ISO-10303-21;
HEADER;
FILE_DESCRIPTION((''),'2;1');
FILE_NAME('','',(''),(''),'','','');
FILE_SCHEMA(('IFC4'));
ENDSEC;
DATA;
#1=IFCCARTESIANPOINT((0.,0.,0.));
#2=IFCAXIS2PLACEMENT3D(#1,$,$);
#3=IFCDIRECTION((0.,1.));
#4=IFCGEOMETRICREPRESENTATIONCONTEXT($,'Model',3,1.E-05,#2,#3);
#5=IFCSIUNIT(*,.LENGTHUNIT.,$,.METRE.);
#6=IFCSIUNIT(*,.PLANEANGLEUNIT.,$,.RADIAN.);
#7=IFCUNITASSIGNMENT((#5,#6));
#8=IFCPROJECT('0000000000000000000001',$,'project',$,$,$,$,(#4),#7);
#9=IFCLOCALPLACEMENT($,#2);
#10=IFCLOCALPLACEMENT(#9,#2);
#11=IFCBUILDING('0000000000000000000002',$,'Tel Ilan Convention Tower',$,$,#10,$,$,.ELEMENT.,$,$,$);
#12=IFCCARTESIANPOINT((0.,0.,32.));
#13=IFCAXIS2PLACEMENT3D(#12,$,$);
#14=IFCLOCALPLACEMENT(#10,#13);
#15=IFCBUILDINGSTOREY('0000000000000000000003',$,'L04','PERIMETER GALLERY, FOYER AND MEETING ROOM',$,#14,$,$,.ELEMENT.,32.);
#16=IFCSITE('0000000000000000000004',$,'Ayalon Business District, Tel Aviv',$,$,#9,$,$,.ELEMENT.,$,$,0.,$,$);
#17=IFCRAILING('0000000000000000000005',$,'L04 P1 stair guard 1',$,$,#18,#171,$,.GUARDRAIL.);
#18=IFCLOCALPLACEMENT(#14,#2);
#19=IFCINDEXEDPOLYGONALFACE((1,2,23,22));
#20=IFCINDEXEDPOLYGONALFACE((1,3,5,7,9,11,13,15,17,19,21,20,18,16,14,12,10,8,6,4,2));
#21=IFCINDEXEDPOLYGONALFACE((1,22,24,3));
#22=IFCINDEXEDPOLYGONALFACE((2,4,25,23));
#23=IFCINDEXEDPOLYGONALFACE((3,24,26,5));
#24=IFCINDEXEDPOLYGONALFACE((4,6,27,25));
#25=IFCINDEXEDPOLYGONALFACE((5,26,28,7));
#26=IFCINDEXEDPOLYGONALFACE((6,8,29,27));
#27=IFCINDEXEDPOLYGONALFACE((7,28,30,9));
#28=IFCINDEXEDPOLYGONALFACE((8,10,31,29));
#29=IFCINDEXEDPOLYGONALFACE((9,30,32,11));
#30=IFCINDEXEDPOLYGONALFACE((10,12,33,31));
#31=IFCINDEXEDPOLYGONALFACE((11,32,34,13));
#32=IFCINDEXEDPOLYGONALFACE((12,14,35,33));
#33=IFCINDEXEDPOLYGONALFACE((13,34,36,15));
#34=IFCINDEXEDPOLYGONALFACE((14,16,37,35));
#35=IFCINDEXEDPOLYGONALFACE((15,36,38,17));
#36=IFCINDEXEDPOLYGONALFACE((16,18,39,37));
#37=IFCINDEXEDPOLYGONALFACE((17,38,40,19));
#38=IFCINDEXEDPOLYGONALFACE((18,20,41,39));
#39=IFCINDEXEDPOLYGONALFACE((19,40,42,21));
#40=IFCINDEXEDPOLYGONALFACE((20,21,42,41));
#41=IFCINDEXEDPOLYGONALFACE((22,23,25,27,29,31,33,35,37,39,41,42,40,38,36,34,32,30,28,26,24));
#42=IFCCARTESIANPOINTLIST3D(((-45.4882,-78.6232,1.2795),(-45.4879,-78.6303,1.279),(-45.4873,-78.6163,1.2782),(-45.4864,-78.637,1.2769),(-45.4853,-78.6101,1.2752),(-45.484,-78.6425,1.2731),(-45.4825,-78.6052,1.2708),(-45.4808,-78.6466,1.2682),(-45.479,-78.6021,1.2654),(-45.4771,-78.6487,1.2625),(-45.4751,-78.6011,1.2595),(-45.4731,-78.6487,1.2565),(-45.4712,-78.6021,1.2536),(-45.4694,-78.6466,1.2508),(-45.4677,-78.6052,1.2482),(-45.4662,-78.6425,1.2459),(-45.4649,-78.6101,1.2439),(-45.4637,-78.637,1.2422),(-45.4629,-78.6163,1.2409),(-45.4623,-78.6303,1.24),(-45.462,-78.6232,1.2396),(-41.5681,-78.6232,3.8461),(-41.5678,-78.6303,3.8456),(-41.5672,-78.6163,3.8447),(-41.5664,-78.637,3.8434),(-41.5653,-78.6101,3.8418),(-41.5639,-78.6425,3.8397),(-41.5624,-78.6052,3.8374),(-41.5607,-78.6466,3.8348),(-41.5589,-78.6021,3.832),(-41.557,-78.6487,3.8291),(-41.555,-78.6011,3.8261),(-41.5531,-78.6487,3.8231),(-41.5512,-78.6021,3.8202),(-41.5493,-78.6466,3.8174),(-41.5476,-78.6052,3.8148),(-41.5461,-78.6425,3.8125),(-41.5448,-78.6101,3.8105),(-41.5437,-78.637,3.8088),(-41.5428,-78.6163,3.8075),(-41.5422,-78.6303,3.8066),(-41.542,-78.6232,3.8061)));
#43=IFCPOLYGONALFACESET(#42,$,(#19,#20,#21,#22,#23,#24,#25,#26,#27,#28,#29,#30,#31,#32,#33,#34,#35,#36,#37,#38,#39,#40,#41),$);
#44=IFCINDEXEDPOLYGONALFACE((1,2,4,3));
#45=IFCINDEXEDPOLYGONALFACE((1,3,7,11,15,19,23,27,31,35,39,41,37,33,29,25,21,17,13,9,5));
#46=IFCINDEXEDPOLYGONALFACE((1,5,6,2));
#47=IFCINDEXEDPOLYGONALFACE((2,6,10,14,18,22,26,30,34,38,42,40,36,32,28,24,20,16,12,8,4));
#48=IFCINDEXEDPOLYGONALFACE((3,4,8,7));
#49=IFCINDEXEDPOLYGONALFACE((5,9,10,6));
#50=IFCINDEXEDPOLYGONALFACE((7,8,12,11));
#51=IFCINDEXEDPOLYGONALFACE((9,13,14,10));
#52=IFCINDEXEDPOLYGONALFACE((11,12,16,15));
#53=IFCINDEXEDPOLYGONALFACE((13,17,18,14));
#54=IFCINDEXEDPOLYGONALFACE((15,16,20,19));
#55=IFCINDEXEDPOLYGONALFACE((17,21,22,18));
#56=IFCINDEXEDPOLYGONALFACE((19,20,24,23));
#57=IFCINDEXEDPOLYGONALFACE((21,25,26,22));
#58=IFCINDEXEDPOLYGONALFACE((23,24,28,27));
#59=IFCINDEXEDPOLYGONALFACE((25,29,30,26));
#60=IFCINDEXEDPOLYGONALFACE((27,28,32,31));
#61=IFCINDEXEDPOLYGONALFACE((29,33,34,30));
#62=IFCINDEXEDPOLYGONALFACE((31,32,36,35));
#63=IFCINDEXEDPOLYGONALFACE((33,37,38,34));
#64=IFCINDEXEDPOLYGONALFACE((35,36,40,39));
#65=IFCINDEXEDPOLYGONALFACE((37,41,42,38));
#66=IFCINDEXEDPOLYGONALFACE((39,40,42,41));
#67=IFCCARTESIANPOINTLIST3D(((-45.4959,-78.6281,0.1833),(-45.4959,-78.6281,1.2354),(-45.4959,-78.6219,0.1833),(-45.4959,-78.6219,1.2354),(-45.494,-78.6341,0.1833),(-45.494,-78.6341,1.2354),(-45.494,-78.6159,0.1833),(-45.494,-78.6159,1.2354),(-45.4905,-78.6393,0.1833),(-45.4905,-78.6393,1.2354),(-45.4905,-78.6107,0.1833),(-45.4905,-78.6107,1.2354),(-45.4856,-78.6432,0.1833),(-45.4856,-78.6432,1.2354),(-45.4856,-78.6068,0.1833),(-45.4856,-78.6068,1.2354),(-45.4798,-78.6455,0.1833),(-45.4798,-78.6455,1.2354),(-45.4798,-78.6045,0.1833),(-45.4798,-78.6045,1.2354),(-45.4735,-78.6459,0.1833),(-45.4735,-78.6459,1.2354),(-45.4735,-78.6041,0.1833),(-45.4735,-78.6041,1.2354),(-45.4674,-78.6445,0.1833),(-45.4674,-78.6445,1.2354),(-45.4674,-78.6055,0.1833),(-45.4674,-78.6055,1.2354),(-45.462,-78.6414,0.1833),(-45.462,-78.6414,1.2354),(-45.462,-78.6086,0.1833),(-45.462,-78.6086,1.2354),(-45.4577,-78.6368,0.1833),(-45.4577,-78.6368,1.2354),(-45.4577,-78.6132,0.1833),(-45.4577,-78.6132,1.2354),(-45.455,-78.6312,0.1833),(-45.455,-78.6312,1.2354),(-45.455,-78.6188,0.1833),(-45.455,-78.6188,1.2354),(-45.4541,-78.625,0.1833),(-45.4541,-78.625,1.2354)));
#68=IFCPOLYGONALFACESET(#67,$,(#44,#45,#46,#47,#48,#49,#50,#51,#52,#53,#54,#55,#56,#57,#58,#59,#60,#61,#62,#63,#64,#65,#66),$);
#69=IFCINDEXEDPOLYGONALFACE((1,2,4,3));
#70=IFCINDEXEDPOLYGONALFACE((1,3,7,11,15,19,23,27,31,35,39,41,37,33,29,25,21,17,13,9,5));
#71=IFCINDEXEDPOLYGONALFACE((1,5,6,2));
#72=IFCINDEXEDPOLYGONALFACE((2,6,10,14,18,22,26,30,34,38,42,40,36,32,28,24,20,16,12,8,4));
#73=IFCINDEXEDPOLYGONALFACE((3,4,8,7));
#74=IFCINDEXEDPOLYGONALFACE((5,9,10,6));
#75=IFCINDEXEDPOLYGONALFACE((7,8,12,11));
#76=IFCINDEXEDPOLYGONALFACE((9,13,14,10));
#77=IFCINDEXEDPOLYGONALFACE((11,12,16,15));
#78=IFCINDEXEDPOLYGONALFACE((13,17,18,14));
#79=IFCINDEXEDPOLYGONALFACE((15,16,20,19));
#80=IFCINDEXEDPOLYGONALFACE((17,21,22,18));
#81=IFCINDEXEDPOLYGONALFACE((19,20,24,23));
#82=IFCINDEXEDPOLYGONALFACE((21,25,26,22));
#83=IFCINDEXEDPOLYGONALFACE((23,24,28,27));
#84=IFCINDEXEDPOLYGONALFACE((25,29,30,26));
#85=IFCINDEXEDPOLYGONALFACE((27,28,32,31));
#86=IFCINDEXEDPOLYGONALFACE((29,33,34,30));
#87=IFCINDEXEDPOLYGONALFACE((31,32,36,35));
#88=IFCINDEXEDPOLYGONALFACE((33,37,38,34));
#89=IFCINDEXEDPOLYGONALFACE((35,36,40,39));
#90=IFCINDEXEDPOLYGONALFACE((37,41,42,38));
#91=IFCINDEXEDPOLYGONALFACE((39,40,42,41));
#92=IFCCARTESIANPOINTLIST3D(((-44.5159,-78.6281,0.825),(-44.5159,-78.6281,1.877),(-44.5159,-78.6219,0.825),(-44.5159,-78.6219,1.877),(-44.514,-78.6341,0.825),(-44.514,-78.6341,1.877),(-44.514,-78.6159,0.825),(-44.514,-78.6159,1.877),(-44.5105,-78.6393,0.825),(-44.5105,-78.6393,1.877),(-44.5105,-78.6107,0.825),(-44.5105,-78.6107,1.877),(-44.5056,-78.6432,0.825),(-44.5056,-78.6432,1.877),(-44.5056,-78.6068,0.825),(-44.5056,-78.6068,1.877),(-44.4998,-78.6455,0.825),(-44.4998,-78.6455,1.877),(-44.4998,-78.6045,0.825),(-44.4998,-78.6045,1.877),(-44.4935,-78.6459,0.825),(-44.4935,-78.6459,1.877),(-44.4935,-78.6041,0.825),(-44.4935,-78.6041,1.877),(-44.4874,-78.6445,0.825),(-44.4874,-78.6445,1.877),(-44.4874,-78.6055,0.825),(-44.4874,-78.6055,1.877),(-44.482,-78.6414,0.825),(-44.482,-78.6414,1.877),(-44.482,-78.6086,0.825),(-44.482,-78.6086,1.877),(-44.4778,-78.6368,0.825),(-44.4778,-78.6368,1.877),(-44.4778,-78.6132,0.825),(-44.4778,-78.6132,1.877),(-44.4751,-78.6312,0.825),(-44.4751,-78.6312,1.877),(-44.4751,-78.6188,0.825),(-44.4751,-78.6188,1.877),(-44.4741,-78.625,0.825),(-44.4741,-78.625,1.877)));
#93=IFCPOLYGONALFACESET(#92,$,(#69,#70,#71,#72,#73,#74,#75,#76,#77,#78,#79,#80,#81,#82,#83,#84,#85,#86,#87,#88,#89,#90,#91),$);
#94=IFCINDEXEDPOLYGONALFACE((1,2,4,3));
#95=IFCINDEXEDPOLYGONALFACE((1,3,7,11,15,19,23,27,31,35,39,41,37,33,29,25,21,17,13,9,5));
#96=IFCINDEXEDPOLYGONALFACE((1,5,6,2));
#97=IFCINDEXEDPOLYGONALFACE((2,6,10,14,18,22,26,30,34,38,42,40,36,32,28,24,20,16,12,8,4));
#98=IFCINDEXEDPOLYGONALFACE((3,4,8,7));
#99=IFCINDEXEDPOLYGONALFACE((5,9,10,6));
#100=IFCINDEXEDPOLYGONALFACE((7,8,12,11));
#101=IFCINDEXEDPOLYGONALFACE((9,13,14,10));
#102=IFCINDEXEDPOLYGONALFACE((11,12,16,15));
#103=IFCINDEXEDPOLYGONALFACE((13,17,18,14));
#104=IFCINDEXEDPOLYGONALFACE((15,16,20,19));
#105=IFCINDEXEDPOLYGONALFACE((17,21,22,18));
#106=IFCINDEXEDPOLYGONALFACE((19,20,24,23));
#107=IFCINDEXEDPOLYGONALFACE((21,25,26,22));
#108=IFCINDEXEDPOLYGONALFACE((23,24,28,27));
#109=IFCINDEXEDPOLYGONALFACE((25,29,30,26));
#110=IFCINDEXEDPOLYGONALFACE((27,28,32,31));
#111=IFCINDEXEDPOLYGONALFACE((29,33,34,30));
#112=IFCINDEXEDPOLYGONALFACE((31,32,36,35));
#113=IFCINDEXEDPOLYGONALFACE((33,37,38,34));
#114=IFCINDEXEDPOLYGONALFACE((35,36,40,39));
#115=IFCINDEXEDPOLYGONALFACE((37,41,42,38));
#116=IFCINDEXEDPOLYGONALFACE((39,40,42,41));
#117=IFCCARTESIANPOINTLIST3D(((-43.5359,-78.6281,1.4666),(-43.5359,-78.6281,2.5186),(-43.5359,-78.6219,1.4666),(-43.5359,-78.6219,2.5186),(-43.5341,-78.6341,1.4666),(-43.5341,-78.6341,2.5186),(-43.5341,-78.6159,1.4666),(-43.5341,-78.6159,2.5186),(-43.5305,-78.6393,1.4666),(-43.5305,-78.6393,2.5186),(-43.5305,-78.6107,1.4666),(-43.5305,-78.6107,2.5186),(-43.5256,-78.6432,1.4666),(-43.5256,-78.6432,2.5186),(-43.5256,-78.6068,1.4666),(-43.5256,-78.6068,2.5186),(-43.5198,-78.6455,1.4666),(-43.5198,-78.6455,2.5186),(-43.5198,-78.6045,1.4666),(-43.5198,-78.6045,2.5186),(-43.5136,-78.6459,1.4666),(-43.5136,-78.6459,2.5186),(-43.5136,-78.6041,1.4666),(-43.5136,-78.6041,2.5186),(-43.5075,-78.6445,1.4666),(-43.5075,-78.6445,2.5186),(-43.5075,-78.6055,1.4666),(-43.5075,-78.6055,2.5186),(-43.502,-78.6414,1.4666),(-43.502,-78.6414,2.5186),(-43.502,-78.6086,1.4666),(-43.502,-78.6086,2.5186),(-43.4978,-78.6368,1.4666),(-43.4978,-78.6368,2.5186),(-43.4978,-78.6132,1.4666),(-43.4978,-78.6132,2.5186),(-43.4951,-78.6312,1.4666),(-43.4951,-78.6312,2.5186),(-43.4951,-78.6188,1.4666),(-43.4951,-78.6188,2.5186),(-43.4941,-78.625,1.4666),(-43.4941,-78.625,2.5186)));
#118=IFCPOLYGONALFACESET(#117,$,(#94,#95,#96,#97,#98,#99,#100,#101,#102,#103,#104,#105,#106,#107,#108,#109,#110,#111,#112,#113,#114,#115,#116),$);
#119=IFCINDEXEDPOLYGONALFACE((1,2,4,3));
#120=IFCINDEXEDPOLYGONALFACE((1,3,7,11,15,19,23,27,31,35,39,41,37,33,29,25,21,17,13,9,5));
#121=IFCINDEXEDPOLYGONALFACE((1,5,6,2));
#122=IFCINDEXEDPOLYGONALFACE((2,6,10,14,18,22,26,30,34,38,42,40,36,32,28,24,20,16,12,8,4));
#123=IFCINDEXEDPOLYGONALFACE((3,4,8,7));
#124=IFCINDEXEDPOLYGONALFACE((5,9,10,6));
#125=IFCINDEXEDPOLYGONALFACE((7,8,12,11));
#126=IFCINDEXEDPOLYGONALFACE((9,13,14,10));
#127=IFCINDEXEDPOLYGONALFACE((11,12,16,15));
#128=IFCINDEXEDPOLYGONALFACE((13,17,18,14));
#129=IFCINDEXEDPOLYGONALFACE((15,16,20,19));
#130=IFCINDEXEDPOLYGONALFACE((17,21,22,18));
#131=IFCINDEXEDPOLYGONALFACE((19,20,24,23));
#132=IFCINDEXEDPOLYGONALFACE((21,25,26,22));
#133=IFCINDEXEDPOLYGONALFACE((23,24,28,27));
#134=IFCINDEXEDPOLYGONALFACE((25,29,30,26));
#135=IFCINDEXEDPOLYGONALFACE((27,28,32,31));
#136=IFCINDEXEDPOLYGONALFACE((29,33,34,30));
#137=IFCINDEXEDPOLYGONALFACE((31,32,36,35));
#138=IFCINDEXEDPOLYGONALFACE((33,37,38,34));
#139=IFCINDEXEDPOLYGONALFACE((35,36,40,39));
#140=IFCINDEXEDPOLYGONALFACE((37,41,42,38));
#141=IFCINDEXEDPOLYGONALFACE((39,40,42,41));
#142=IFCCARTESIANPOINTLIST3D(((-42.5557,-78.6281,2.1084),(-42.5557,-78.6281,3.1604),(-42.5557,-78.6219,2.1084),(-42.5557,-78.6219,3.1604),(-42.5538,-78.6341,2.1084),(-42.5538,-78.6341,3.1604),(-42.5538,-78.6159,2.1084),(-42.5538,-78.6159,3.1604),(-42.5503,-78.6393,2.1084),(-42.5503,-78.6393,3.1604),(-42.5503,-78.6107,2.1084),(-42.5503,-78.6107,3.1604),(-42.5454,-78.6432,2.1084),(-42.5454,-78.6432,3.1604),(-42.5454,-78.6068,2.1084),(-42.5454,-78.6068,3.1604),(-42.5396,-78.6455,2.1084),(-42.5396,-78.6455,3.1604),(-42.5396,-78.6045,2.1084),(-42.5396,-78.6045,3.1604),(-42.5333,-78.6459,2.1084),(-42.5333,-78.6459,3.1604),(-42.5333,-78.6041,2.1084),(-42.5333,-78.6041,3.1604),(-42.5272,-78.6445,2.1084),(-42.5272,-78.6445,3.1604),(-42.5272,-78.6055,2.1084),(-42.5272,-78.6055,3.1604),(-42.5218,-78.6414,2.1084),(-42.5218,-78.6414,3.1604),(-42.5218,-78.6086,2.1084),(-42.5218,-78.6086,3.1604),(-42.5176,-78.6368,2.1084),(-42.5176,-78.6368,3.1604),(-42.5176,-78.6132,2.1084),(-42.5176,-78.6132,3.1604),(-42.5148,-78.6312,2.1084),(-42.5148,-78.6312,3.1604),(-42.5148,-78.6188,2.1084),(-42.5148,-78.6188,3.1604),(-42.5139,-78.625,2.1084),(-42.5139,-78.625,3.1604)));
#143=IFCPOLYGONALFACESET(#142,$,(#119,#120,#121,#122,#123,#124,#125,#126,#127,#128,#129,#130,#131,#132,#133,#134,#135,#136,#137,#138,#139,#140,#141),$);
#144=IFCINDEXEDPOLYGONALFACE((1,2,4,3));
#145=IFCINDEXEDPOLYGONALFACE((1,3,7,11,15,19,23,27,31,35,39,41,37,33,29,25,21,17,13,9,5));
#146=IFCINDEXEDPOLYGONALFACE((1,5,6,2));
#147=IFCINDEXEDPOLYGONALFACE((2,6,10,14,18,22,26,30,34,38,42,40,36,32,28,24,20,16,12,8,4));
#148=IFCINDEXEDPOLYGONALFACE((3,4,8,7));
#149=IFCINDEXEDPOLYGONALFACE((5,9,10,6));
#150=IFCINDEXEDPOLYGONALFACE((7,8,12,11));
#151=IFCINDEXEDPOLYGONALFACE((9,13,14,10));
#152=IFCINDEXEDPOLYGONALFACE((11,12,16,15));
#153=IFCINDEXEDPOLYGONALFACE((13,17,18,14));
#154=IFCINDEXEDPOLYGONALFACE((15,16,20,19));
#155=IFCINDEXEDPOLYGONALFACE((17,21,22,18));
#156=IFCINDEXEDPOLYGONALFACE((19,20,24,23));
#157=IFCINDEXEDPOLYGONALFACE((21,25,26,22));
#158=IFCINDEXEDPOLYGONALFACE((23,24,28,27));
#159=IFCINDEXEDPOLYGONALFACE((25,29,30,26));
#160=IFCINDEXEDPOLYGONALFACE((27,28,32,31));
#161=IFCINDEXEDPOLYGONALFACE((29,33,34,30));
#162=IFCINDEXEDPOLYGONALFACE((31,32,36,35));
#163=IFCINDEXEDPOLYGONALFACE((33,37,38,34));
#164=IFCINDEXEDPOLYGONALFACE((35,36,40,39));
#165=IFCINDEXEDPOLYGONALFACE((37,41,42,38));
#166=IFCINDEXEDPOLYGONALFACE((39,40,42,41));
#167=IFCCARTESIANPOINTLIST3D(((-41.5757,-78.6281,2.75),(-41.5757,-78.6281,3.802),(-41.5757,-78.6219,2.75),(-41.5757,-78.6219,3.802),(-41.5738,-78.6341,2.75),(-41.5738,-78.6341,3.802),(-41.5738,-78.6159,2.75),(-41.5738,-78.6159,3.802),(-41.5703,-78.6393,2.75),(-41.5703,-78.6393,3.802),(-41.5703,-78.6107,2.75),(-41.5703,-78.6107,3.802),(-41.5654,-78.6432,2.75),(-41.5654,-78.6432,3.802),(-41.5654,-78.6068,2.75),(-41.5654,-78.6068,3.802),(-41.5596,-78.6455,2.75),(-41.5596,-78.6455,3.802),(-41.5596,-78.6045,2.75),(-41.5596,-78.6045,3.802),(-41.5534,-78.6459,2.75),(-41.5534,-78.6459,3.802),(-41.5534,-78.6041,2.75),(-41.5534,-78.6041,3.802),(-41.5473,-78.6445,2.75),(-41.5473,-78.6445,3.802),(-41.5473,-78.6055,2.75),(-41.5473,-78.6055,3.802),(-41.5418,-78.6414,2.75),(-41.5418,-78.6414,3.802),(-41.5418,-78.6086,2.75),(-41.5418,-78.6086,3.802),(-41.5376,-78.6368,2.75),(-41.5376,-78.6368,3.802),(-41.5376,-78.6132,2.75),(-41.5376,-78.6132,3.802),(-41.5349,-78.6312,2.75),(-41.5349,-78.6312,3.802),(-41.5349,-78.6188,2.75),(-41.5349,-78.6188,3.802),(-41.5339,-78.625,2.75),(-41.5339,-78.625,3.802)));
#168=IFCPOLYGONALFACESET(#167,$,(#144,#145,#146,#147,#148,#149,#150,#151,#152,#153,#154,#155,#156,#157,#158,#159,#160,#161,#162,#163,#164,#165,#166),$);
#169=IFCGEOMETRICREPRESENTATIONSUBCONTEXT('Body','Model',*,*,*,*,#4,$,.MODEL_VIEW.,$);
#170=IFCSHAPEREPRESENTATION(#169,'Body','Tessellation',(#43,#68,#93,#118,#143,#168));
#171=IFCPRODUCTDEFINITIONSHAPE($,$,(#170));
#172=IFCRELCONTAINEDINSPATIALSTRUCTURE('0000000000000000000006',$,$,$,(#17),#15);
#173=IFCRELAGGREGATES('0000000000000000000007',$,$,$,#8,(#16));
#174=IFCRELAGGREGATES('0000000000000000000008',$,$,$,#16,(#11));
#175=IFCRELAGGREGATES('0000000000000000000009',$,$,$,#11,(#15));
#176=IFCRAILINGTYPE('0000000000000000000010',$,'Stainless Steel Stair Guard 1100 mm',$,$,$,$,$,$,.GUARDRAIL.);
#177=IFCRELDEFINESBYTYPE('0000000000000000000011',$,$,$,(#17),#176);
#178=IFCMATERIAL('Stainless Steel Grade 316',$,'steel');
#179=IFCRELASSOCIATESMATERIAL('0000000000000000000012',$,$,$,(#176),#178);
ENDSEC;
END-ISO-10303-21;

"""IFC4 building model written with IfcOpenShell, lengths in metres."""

from ifc_helpers import new_model, si_unit, direction, frame, origin, origin_2d, place, context, subcontext, project, spatial, circle, extrude, material, type_object, element, save


model = new_model("IFC4")

# Units and contexts
model_context = context("Model", 3, precision=1e-05, world=origin(), true_north=direction((0.0, 1.0)))
body_context = subcontext(model_context, "Body", "Model", "MODEL_VIEW")
ifc_project = project(units=[si_unit("LENGTHUNIT", "METRE"), si_unit("PLANEANGLEUNIT", "RADIAN")], contexts=[model_context])

# Site, building, storey
site_placement = place(None, origin())
site = spatial("IfcSite", under=ifc_project, at=site_placement, Name="Ayalon Business District, Tel Aviv", CompositionType="ELEMENT", RefElevation=0.0)
building_placement = place(site_placement, origin())
building = spatial("IfcBuilding", under=site, at=building_placement, Name="Tel Ilan Convention Tower", CompositionType="ELEMENT")
storey_placement = place(building_placement, frame((0.0, 0.0, 32.0)))
storey = spatial("IfcBuildingStorey", under=building, at=storey_placement, Name="L04", Description="PERIMETER GALLERY, FOYER AND MEETING ROOM", CompositionType="ELEMENT", Elevation=32.0)

# Railing
ifc_material_1 = material(Name="Stainless Steel Grade 316", Category="steel")
railing_type = type_object("IfcRailingType", Name="Stainless Steel Stair Guard 1100 mm", PredefinedType="GUARDRAIL", material=ifc_material_1)
railing_1_placement = place(storey_placement, frame((-45.4751, -78.625, 0.1833)))
element("IfcRailing", 1, at=railing_1_placement, inside=storey, type_object=railing_type, Name="L04 P1 stair guard 1", PredefinedType="GUARDRAIL", context=body_context, shape_type="SweptSolid", body=[
    extrude(circle(Radius=0.0239, at=origin_2d()), frame((0.0, 0.0, 1.0762), z_axis=(0.836631, 0.0, 0.547767), x_axis=(0.0, 1.0, 0.0)), (0.0, 0.0, 1.0), 4.6855),
    extrude(circle(Radius=0.021, at=origin_2d()), origin(), (0.0, 0.0, 1.0), 1.052),
    extrude(circle(Radius=0.021, at=origin_2d()), frame((0.98, 0.0, 0.6416)), (0.0, 0.0, 1.0), 1.052),
    extrude(circle(Radius=0.021, at=origin_2d()), frame((1.96, 0.0, 1.2832)), (0.0, 0.0, 1.0), 1.052),
    extrude(circle(Radius=0.021, at=origin_2d()), frame((2.9402, 0.0, 1.925)), (0.0, 0.0, 1.0), 1.052),
    extrude(circle(Radius=0.021, at=origin_2d()), frame((3.9202, 0.0, 2.5667)), (0.0, 0.0, 1.0), 1.052),
])

save(model, "model.ifc")
